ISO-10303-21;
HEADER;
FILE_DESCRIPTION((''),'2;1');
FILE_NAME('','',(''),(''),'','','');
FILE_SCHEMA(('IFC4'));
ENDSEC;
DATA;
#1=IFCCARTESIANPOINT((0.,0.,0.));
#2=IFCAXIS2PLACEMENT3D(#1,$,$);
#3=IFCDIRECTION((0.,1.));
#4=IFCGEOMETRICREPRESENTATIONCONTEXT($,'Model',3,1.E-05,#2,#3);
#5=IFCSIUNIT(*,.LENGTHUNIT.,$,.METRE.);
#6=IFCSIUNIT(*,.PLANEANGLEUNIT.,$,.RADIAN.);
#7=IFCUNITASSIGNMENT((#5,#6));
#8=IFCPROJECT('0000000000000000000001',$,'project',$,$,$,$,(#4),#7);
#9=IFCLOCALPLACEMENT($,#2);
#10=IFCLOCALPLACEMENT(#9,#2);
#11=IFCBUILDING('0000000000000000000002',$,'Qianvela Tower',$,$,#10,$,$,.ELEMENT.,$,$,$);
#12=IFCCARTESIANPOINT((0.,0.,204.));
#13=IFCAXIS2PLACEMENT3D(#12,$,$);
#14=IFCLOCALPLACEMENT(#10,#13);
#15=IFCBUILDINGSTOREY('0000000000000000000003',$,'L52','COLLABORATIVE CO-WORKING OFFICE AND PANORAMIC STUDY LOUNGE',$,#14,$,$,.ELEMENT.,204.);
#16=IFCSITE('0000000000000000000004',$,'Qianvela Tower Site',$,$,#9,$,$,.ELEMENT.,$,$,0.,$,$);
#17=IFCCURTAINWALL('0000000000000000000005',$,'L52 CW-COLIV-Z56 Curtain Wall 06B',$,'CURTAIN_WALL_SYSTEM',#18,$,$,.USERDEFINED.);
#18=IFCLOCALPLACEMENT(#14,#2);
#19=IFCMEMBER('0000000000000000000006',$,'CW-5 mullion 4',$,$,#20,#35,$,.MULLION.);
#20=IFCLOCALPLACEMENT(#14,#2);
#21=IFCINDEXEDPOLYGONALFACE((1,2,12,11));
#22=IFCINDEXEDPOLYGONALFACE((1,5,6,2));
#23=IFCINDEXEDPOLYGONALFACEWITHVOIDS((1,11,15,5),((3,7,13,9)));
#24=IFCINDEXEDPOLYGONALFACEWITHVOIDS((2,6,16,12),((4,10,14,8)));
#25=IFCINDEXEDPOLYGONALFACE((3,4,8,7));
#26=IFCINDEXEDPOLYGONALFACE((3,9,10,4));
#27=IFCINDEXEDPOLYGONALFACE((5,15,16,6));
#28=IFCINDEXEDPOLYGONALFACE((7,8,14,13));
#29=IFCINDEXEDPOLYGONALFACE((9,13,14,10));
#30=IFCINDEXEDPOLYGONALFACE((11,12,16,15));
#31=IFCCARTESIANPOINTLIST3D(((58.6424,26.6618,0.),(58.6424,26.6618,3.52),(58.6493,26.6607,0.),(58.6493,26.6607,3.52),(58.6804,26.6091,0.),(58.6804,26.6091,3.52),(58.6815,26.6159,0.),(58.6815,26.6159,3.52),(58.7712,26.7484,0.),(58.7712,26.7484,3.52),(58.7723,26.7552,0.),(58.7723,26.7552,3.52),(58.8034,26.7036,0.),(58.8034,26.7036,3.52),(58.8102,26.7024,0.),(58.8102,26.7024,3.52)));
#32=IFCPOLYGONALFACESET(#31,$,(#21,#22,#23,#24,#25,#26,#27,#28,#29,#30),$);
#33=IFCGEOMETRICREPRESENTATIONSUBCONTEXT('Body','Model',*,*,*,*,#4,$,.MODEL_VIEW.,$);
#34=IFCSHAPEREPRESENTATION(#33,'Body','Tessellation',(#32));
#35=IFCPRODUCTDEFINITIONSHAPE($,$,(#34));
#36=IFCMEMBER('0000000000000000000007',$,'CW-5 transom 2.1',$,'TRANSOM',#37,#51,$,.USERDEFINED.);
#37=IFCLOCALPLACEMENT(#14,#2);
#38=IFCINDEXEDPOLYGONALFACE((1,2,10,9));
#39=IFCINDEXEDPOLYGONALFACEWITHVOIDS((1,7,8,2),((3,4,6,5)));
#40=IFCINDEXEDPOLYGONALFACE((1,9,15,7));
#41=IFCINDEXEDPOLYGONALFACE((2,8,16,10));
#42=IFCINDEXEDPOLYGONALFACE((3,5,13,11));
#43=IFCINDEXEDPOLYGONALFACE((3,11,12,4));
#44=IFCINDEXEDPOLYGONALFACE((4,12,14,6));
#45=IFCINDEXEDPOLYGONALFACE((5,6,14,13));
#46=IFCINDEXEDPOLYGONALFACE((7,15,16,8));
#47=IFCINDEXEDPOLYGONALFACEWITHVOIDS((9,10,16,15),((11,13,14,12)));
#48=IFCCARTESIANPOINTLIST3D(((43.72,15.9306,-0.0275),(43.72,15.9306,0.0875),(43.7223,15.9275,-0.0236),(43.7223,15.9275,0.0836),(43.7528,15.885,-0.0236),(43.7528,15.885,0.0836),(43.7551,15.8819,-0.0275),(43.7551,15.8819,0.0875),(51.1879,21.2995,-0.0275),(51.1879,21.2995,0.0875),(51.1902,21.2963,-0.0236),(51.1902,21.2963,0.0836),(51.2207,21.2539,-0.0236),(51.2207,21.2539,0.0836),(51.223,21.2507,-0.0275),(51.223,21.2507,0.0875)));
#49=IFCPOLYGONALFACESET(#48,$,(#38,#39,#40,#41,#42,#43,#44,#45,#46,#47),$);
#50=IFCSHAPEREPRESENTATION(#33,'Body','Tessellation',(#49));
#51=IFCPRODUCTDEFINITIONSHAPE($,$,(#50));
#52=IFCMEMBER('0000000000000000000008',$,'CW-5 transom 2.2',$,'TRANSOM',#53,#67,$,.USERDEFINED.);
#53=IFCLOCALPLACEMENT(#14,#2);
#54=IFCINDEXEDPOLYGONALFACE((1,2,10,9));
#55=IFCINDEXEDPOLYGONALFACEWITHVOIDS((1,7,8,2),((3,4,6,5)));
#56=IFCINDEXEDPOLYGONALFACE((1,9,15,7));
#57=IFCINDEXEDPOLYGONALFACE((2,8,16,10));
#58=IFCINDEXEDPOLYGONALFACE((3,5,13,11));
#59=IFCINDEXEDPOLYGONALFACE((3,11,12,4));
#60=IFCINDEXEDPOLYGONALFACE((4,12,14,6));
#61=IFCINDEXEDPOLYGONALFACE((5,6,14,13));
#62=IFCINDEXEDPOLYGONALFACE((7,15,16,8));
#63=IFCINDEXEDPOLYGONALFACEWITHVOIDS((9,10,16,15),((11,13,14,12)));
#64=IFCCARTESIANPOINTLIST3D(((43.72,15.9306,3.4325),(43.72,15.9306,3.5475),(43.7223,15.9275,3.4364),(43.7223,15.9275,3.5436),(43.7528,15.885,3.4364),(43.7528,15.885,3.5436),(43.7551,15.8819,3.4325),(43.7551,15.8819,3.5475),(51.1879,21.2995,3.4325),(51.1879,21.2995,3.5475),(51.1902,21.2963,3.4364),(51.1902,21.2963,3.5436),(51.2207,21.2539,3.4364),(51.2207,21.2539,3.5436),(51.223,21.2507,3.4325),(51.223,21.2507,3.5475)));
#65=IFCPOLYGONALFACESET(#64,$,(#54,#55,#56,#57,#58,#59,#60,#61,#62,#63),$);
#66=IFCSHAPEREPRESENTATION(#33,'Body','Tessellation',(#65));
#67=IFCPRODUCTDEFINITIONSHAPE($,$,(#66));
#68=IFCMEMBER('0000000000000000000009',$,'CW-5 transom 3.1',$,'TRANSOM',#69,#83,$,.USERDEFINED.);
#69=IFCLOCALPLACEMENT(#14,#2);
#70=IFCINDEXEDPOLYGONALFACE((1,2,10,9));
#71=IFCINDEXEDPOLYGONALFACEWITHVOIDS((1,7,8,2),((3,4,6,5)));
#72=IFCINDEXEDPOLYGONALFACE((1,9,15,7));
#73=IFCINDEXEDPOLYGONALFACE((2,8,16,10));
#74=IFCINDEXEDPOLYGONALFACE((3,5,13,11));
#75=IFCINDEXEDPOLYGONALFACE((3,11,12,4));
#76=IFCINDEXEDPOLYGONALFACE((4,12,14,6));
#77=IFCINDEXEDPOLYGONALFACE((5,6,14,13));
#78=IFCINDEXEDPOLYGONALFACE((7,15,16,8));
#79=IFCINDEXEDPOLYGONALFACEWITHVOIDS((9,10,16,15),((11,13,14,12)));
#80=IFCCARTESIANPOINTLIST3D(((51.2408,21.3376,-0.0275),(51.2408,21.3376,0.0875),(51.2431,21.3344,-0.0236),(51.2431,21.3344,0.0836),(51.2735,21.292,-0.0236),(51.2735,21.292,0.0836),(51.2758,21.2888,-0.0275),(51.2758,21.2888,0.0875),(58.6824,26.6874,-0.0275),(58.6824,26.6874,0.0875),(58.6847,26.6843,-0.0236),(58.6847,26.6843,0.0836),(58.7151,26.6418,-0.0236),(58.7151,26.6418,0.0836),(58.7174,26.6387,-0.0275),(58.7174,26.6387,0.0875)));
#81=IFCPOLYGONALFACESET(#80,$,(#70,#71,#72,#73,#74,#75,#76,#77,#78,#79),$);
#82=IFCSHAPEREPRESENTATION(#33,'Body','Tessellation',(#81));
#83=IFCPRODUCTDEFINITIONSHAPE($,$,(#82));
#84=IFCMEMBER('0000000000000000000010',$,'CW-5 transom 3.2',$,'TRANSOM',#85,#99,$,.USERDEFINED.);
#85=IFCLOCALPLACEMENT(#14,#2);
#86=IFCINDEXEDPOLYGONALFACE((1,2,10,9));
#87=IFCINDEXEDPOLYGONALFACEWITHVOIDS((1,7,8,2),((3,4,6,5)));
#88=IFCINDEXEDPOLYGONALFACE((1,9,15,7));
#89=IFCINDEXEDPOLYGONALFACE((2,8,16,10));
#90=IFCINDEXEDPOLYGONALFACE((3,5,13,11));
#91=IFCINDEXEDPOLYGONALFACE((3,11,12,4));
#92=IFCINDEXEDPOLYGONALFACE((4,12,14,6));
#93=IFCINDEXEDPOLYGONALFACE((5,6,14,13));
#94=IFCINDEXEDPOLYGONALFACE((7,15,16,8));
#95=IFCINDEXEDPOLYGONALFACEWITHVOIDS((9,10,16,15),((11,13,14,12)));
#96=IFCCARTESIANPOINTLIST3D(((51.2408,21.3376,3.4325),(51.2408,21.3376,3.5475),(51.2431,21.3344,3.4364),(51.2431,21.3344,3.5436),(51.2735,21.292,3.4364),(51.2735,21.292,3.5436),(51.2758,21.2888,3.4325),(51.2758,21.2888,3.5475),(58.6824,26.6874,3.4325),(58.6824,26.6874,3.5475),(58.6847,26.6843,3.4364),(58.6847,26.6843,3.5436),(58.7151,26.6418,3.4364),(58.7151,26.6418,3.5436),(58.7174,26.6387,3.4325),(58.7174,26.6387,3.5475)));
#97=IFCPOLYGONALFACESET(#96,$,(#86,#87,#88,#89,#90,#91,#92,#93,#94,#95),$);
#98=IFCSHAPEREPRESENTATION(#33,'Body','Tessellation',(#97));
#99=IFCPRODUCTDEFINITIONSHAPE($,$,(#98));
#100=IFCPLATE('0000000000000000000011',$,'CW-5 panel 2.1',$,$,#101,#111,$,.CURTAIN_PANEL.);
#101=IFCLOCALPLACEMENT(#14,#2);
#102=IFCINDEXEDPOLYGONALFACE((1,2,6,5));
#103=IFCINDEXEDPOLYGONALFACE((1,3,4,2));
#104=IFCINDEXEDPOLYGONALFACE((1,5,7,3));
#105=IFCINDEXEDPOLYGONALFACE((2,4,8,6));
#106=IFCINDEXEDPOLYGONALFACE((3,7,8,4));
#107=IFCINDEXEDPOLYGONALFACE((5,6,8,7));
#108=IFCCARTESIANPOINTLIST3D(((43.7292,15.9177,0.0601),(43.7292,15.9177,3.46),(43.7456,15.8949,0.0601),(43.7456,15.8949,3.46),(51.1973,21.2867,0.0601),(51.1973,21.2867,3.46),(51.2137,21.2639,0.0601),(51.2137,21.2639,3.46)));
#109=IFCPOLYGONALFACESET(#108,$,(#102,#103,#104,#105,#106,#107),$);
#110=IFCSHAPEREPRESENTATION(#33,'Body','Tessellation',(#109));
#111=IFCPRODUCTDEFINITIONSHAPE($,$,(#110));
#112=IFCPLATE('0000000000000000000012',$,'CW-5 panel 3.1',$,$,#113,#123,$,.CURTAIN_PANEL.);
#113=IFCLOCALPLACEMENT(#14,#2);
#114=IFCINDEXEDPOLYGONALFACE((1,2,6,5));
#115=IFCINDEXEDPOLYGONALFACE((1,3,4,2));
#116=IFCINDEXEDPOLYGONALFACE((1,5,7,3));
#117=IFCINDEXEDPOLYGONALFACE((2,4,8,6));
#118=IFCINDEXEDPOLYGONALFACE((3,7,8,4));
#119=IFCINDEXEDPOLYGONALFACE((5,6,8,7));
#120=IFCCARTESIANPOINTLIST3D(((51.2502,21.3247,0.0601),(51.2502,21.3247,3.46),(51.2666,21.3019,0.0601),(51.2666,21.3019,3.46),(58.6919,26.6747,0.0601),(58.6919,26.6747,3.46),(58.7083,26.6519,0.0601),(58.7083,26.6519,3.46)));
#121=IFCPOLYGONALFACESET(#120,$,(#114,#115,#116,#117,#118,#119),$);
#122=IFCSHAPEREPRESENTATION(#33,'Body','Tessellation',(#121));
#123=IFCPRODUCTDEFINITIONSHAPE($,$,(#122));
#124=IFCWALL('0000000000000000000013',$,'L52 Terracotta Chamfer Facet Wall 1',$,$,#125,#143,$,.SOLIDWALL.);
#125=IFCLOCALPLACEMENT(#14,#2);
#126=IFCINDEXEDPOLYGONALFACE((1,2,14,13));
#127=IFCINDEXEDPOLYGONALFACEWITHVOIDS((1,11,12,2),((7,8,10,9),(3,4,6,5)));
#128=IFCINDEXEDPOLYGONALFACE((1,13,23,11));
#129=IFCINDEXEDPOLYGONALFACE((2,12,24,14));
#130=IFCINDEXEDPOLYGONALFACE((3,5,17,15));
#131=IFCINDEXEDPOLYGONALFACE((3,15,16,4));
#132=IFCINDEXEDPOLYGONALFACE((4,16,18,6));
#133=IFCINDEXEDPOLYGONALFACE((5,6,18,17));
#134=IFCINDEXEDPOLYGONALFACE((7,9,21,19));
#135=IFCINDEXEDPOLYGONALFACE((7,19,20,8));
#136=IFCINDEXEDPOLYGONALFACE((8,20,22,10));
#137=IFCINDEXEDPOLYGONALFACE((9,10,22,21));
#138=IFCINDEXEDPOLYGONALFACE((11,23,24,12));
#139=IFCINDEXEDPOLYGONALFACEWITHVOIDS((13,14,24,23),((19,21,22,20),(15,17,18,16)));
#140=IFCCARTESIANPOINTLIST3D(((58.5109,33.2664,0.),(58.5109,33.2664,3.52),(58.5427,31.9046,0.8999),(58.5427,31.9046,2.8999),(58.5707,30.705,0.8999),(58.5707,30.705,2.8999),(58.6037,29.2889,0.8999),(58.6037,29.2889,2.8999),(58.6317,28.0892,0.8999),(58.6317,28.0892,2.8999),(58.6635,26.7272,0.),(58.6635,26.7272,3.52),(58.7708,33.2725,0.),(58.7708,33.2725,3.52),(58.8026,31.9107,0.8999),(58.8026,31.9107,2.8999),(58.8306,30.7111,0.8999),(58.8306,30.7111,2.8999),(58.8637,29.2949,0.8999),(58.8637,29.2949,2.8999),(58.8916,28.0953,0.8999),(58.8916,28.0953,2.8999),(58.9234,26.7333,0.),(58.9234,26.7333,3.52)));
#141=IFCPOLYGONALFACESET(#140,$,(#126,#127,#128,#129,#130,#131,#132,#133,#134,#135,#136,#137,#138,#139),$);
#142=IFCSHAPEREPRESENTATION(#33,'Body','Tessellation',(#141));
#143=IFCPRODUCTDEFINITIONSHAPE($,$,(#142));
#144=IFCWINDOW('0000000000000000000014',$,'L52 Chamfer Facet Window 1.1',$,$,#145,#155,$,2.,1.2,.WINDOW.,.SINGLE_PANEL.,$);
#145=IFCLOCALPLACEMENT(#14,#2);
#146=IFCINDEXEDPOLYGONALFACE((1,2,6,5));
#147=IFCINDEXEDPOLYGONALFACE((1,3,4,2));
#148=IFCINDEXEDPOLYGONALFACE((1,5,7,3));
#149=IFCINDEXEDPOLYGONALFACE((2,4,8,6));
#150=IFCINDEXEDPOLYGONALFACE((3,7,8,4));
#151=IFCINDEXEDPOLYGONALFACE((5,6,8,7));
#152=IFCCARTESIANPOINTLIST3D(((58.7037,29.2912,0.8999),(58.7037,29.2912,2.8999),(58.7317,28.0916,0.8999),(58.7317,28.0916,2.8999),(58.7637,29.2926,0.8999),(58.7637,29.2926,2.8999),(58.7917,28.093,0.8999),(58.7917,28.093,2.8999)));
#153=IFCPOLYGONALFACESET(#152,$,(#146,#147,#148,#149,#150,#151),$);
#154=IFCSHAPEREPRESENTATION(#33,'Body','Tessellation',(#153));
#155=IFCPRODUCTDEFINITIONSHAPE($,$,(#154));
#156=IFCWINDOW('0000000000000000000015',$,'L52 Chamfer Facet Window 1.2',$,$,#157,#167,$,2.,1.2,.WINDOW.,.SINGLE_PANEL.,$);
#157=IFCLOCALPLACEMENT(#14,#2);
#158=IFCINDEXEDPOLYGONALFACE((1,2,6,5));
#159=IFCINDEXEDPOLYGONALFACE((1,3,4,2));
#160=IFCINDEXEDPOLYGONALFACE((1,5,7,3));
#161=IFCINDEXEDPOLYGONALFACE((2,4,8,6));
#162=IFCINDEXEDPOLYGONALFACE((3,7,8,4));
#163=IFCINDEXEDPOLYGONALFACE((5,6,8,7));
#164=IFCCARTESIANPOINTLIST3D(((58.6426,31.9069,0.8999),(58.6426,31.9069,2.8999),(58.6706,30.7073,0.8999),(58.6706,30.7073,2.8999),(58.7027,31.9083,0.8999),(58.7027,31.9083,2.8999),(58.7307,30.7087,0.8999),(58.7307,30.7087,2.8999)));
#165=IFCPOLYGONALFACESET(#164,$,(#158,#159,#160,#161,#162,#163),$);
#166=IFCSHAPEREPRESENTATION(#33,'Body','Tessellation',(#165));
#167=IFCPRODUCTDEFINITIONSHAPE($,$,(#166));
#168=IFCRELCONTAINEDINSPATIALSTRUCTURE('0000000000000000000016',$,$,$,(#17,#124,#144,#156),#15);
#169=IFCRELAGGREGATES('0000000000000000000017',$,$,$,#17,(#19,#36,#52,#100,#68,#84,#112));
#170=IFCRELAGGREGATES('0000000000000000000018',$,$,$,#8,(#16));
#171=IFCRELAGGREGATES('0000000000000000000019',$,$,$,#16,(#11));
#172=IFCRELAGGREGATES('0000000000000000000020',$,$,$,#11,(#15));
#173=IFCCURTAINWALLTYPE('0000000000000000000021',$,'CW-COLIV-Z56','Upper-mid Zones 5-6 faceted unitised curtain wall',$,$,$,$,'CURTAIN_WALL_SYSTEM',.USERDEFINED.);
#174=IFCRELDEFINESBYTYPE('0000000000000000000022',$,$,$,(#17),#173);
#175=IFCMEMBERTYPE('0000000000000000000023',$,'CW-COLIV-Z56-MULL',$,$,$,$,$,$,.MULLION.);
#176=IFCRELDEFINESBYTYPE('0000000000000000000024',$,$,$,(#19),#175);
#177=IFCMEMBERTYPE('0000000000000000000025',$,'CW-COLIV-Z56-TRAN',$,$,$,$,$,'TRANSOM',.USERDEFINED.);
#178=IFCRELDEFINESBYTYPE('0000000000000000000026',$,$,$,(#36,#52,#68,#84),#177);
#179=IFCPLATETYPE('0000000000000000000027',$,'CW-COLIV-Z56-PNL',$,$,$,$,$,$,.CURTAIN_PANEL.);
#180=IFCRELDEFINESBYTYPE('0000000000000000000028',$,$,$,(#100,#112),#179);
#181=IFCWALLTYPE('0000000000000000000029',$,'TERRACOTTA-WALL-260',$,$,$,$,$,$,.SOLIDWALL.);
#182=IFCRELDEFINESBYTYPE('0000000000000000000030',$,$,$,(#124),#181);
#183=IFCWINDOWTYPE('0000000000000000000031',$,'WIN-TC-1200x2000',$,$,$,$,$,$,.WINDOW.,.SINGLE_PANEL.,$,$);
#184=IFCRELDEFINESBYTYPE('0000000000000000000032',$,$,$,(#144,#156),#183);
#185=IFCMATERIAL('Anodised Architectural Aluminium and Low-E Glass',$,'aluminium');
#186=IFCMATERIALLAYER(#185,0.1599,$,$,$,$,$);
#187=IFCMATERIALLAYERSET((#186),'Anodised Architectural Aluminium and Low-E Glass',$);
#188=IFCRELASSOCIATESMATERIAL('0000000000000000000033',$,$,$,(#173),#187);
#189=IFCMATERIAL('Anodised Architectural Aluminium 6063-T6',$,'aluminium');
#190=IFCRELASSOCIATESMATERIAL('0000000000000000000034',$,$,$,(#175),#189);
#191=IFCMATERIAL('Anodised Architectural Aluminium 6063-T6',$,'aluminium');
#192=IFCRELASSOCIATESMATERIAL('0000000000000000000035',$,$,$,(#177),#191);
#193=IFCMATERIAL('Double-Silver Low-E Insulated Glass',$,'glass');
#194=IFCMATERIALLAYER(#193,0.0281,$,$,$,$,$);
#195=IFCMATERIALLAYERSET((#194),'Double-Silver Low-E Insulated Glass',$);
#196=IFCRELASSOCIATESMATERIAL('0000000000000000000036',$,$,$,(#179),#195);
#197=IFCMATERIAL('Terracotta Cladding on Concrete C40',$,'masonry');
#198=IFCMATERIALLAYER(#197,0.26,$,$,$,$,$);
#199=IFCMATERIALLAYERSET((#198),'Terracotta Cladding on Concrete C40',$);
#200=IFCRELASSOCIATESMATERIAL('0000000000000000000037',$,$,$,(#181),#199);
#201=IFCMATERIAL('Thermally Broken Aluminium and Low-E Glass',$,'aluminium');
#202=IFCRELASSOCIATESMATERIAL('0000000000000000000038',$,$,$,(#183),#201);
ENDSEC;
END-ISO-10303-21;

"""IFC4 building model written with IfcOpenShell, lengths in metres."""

from ifc_helpers import new_model, si_unit, direction, frame, frame_2d, origin, origin_2d, place, context, subcontext, project, spatial, rectangle, hollow_rectangle, extrude, material, layer, layer_set, material_profile, profile_set, type_object, element, fill, aggregate, save


model = new_model("IFC4")

# Units and contexts
model_context = context("Model", 3, precision=1e-05, world=origin(), true_north=direction((0.0, 1.0)))
body_context = subcontext(model_context, "Body", "Model", "MODEL_VIEW")
ifc_project = project(units=[si_unit("LENGTHUNIT", "METRE"), si_unit("PLANEANGLEUNIT", "RADIAN")], contexts=[model_context])

# Site, building, storey
site_placement = place(None, origin())
site = spatial("IfcSite", under=ifc_project, at=site_placement, Name="Qianvela Tower Site", CompositionType="ELEMENT", RefElevation=0.0)
building_placement = place(site_placement, origin())
building = spatial("IfcBuilding", under=site, at=building_placement, Name="Qianvela Tower", CompositionType="ELEMENT")
storey_placement = place(building_placement, frame((0.0, 0.0, 204.0)))
storey = spatial("IfcBuildingStorey", under=building, at=storey_placement, Name="L52", Description="COLLABORATIVE CO-WORKING OFFICE AND PANORAMIC STUDY LOUNGE", CompositionType="ELEMENT", Elevation=204.0)

# Curtain wall, members, plates
ifc_material_1 = material(Name="Anodised Architectural Aluminium and Low-E Glass", Category="aluminium")
ifc_layer_1 = layer(ifc_material_1, 0.1599)
ifc_layer_set_1 = layer_set([ifc_layer_1], Name="Anodised Architectural Aluminium and Low-E Glass")
curtain_wall_type = type_object("IfcCurtainWallType", Name="CW-COLIV-Z56", Description="Upper-mid Zones 5-6 faceted unitised curtain wall", ElementType="CURTAIN_WALL_SYSTEM", PredefinedType="USERDEFINED", material=ifc_layer_set_1)
curtain_wall_placement = place(storey_placement, origin())
curtain_wall = element("IfcCurtainWall", 1, at=curtain_wall_placement, inside=storey, type_object=curtain_wall_type, Name="L52 CW-COLIV-Z56 Curtain Wall 06B", ObjectType="CURTAIN_WALL_SYSTEM", PredefinedType="USERDEFINED")
ifc_material_2 = material(Name="Anodised Architectural Aluminium 6063-T6", Category="aluminium")
ifc_material_profile_1 = material_profile(ifc_material_2, hollow_rectangle(XDim=0.0649, YDim=0.1599, WallThickness=0.0049, at=origin_2d()), Name="ALU-MULL-65x160")
ifc_profile_set_1 = profile_set([ifc_material_profile_1], Name="Anodised Architectural Aluminium 6063-T6")
member_type_1 = type_object("IfcMemberType", Name="CW-COLIV-Z56-MULL", PredefinedType="MULLION", material=ifc_profile_set_1)
member_1_placement = place(storey_placement, frame((58.7263, 26.6821, 0.0), z_axis=(0.0, 0.0, 1.0), x_axis=(-0.583725, 0.811952, 0.0)))
member_1 = element("IfcMember", 2, at=member_1_placement, type_object=member_type_1, Name="CW-5 mullion 4", PredefinedType="MULLION", context=body_context, shape_type="SweptSolid", body=[
    extrude(hollow_rectangle(XDim=0.0649, YDim=0.1599, WallThickness=0.0049, at=origin_2d()), origin(), (0.0, 0.0, 1.0), 3.52),
])
ifc_material_3 = material(Name="Anodised Architectural Aluminium 6063-T6", Category="aluminium")
ifc_material_profile_2 = material_profile(ifc_material_3, hollow_rectangle(XDim=0.0601, YDim=0.115, WallThickness=0.0039, at=origin_2d()), Name="ALU-TRAN-60x115")
ifc_profile_set_2 = profile_set([ifc_material_profile_2], Name="Anodised Architectural Aluminium 6063-T6")
member_type_2 = type_object("IfcMemberType", Name="CW-COLIV-Z56-TRAN", ElementType="TRANSOM", PredefinedType="USERDEFINED", material=ifc_profile_set_2)
member_2_placement = place(storey_placement, frame((43.7375, 15.9062, 0.03), z_axis=(0.811951, 0.583726, 0.0), x_axis=(-0.583726, 0.811951, 0.0)))
member_2 = element("IfcMember", 3, at=member_2_placement, type_object=member_type_2, Name="CW-5 transom 2.1", ObjectType="TRANSOM", PredefinedType="USERDEFINED", context=body_context, shape_type="SweptSolid", body=[
    extrude(hollow_rectangle(XDim=0.0601, YDim=0.115, WallThickness=0.0039, at=origin_2d()), origin(), (0.0, 0.0, 1.0), 9.1975),
])
member_3_placement = place(storey_placement, frame((43.7375, 15.9062, 3.49), z_axis=(0.811951, 0.583726, 0.0), x_axis=(-0.583726, 0.811951, 0.0)))
member_3 = element("IfcMember", 4, at=member_3_placement, type_object=member_type_2, Name="CW-5 transom 2.2", ObjectType="TRANSOM", PredefinedType="USERDEFINED", context=body_context, shape_type="SweptSolid", body=[
    extrude(hollow_rectangle(XDim=0.0601, YDim=0.115, WallThickness=0.0039, at=origin_2d()), origin(), (0.0, 0.0, 1.0), 9.1975),
])
member_4_placement = place(storey_placement, frame((51.2583, 21.3132, 0.03), z_axis=(0.811955, 0.58372, 0.0), x_axis=(-0.58372, 0.811955, 0.0)))
member_4 = element("IfcMember", 5, at=member_4_placement, type_object=member_type_2, Name="CW-5 transom 3.1", ObjectType="TRANSOM", PredefinedType="USERDEFINED", context=body_context, shape_type="SweptSolid", body=[
    extrude(hollow_rectangle(XDim=0.0601, YDim=0.115, WallThickness=0.0039, at=origin_2d()), origin(), (0.0, 0.0, 1.0), 9.165),
])
member_5_placement = place(storey_placement, frame((51.2583, 21.3132, 3.49), z_axis=(0.811955, 0.58372, 0.0), x_axis=(-0.58372, 0.811955, 0.0)))
member_5 = element("IfcMember", 6, at=member_5_placement, type_object=member_type_2, Name="CW-5 transom 3.2", ObjectType="TRANSOM", PredefinedType="USERDEFINED", context=body_context, shape_type="SweptSolid", body=[
    extrude(hollow_rectangle(XDim=0.0601, YDim=0.115, WallThickness=0.0039, at=origin_2d()), origin(), (0.0, 0.0, 1.0), 9.165),
])
ifc_material_4 = material(Name="Double-Silver Low-E Insulated Glass", Category="glass")
ifc_layer_2 = layer(ifc_material_4, 0.0281)
ifc_layer_set_2 = layer_set([ifc_layer_2], Name="Double-Silver Low-E Insulated Glass")
plate_type = type_object("IfcPlateType", Name="CW-COLIV-Z56-PNL", PredefinedType="CURTAIN_PANEL", material=ifc_layer_set_2)
plate_1_placement = place(storey_placement, frame((47.4714, 18.5908, 0.0601), z_axis=(0.0, 0.0, 1.0), x_axis=(0.811952, 0.583725, 0.0)))
plate_1 = element("IfcPlate", 7, at=plate_1_placement, type_object=plate_type, Name="CW-5 panel 2.1", PredefinedType="CURTAIN_PANEL", context=body_context, shape_type="SweptSolid", body=[
    extrude(rectangle(XDim=9.1978, YDim=0.0281, at=origin_2d()), origin(), (0.0, 0.0, 1.0), 3.3999),
])
plate_2_placement = place(storey_placement, frame((54.9792, 23.9883, 0.0601), z_axis=(0.0, 0.0, 1.0), x_axis=(0.811952, 0.583725, 0.0)))
plate_2 = element("IfcPlate", 8, at=plate_2_placement, type_object=plate_type, Name="CW-5 panel 3.1", PredefinedType="CURTAIN_PANEL", context=body_context, shape_type="SweptSolid", body=[
    extrude(rectangle(XDim=9.1653, YDim=0.0281, at=origin_2d()), origin(), (0.0, 0.0, 1.0), 3.3999),
])
aggregate(curtain_wall, [member_1, member_2, member_3, plate_1, member_4, member_5, plate_2])

# Wall, openings, windows
ifc_material_5 = material(Name="Terracotta Cladding on Concrete C40", Category="masonry")
ifc_layer_3 = layer(ifc_material_5, 0.26)
ifc_layer_set_3 = layer_set([ifc_layer_3], Name="Terracotta Cladding on Concrete C40")
wall_type_1 = type_object("IfcWallType", Name="TERRACOTTA-WALL-260", PredefinedType="SOLIDWALL", material=ifc_layer_set_3)
wall_1_placement = place(storey_placement, frame((58.7935, 26.7302, 0.0), z_axis=(0.0, 0.0, 1.0), x_axis=(-0.023328, 0.999728, 0.0)))
wall_1 = element("IfcWall", 9, at=wall_1_placement, inside=storey, type_object=wall_type_1, Name="L52 Terracotta Chamfer Facet Wall 1", PredefinedType="SOLIDWALL", context=body_context, shape_type="SweptSolid", body=[
    extrude(rectangle(XDim=6.541, YDim=0.26, at=frame_2d((3.2705, 0.0))), origin(), (0.0, 0.0, 1.0), 3.52),
])
opening_1_placement = place(wall_1_placement, frame((1.3623, 0.0, 0.8999)))
opening_1 = element("IfcOpeningElement", 10, at=opening_1_placement, cuts=wall_1, PredefinedType="OPENING", context=body_context, shape_type="SweptSolid", body=[
    extrude(rectangle(XDim=1.2, YDim=2.0, at=frame_2d((0.6001, 1.0))), frame((0.0, 0.1399, 0.0), z_axis=(0.0, -1.0, 0.0), x_axis=(1.0, 0.0, 0.0)), (0.0, 0.0, 1.0), 0.28),
])
opening_2_placement = place(wall_1_placement, frame((3.9788, 0.0, 0.8999)))
opening_2 = element("IfcOpeningElement", 11, at=opening_2_placement, cuts=wall_1, PredefinedType="OPENING", context=body_context, shape_type="SweptSolid", body=[
    extrude(rectangle(XDim=1.2, YDim=2.0, at=frame_2d((0.6001, 1.0))), frame((0.0, 0.1399, 0.0), z_axis=(0.0, -1.0, 0.0), x_axis=(1.0, 0.0, 0.0)), (0.0, 0.0, 1.0), 0.28),
])
ifc_material_6 = material(Name="Thermally Broken Aluminium and Low-E Glass", Category="aluminium")
window_type = type_object("IfcWindowType", Name="WIN-TC-1200x2000", PartitioningType="SINGLE_PANEL", PredefinedType="WINDOW", material=ifc_material_6)
window_1_placement = place(opening_1_placement, origin())
window_1 = element("IfcWindow", 12, at=window_1_placement, inside=storey, type_object=window_type, Name="L52 Chamfer Facet Window 1.1", OverallHeight=2.0, OverallWidth=1.2, PartitioningType="SINGLE_PANEL", PredefinedType="WINDOW", context=body_context, shape_type="SweptSolid", body=[
    extrude(rectangle(XDim=1.2, YDim=2.0, at=frame_2d((0.6001, 1.0))), frame((0.0, 0.03, 0.0), z_axis=(0.0, -1.0, 0.0), x_axis=(1.0, 0.0, 0.0)), (0.0, 0.0, 1.0), 0.0601),
])
fill(opening_1, window_1)
window_2_placement = place(opening_2_placement, origin())
window_2 = element("IfcWindow", 13, at=window_2_placement, inside=storey, type_object=window_type, Name="L52 Chamfer Facet Window 1.2", OverallHeight=2.0, OverallWidth=1.2, PartitioningType="SINGLE_PANEL", PredefinedType="WINDOW", context=body_context, shape_type="SweptSolid", body=[
    extrude(rectangle(XDim=1.2, YDim=2.0, at=frame_2d((0.6001, 1.0))), frame((0.0, 0.03, 0.0), z_axis=(0.0, -1.0, 0.0), x_axis=(1.0, 0.0, 0.0)), (0.0, 0.0, 1.0), 0.0601),
])
fill(opening_2, window_2)

save(model, "model.ifc")
